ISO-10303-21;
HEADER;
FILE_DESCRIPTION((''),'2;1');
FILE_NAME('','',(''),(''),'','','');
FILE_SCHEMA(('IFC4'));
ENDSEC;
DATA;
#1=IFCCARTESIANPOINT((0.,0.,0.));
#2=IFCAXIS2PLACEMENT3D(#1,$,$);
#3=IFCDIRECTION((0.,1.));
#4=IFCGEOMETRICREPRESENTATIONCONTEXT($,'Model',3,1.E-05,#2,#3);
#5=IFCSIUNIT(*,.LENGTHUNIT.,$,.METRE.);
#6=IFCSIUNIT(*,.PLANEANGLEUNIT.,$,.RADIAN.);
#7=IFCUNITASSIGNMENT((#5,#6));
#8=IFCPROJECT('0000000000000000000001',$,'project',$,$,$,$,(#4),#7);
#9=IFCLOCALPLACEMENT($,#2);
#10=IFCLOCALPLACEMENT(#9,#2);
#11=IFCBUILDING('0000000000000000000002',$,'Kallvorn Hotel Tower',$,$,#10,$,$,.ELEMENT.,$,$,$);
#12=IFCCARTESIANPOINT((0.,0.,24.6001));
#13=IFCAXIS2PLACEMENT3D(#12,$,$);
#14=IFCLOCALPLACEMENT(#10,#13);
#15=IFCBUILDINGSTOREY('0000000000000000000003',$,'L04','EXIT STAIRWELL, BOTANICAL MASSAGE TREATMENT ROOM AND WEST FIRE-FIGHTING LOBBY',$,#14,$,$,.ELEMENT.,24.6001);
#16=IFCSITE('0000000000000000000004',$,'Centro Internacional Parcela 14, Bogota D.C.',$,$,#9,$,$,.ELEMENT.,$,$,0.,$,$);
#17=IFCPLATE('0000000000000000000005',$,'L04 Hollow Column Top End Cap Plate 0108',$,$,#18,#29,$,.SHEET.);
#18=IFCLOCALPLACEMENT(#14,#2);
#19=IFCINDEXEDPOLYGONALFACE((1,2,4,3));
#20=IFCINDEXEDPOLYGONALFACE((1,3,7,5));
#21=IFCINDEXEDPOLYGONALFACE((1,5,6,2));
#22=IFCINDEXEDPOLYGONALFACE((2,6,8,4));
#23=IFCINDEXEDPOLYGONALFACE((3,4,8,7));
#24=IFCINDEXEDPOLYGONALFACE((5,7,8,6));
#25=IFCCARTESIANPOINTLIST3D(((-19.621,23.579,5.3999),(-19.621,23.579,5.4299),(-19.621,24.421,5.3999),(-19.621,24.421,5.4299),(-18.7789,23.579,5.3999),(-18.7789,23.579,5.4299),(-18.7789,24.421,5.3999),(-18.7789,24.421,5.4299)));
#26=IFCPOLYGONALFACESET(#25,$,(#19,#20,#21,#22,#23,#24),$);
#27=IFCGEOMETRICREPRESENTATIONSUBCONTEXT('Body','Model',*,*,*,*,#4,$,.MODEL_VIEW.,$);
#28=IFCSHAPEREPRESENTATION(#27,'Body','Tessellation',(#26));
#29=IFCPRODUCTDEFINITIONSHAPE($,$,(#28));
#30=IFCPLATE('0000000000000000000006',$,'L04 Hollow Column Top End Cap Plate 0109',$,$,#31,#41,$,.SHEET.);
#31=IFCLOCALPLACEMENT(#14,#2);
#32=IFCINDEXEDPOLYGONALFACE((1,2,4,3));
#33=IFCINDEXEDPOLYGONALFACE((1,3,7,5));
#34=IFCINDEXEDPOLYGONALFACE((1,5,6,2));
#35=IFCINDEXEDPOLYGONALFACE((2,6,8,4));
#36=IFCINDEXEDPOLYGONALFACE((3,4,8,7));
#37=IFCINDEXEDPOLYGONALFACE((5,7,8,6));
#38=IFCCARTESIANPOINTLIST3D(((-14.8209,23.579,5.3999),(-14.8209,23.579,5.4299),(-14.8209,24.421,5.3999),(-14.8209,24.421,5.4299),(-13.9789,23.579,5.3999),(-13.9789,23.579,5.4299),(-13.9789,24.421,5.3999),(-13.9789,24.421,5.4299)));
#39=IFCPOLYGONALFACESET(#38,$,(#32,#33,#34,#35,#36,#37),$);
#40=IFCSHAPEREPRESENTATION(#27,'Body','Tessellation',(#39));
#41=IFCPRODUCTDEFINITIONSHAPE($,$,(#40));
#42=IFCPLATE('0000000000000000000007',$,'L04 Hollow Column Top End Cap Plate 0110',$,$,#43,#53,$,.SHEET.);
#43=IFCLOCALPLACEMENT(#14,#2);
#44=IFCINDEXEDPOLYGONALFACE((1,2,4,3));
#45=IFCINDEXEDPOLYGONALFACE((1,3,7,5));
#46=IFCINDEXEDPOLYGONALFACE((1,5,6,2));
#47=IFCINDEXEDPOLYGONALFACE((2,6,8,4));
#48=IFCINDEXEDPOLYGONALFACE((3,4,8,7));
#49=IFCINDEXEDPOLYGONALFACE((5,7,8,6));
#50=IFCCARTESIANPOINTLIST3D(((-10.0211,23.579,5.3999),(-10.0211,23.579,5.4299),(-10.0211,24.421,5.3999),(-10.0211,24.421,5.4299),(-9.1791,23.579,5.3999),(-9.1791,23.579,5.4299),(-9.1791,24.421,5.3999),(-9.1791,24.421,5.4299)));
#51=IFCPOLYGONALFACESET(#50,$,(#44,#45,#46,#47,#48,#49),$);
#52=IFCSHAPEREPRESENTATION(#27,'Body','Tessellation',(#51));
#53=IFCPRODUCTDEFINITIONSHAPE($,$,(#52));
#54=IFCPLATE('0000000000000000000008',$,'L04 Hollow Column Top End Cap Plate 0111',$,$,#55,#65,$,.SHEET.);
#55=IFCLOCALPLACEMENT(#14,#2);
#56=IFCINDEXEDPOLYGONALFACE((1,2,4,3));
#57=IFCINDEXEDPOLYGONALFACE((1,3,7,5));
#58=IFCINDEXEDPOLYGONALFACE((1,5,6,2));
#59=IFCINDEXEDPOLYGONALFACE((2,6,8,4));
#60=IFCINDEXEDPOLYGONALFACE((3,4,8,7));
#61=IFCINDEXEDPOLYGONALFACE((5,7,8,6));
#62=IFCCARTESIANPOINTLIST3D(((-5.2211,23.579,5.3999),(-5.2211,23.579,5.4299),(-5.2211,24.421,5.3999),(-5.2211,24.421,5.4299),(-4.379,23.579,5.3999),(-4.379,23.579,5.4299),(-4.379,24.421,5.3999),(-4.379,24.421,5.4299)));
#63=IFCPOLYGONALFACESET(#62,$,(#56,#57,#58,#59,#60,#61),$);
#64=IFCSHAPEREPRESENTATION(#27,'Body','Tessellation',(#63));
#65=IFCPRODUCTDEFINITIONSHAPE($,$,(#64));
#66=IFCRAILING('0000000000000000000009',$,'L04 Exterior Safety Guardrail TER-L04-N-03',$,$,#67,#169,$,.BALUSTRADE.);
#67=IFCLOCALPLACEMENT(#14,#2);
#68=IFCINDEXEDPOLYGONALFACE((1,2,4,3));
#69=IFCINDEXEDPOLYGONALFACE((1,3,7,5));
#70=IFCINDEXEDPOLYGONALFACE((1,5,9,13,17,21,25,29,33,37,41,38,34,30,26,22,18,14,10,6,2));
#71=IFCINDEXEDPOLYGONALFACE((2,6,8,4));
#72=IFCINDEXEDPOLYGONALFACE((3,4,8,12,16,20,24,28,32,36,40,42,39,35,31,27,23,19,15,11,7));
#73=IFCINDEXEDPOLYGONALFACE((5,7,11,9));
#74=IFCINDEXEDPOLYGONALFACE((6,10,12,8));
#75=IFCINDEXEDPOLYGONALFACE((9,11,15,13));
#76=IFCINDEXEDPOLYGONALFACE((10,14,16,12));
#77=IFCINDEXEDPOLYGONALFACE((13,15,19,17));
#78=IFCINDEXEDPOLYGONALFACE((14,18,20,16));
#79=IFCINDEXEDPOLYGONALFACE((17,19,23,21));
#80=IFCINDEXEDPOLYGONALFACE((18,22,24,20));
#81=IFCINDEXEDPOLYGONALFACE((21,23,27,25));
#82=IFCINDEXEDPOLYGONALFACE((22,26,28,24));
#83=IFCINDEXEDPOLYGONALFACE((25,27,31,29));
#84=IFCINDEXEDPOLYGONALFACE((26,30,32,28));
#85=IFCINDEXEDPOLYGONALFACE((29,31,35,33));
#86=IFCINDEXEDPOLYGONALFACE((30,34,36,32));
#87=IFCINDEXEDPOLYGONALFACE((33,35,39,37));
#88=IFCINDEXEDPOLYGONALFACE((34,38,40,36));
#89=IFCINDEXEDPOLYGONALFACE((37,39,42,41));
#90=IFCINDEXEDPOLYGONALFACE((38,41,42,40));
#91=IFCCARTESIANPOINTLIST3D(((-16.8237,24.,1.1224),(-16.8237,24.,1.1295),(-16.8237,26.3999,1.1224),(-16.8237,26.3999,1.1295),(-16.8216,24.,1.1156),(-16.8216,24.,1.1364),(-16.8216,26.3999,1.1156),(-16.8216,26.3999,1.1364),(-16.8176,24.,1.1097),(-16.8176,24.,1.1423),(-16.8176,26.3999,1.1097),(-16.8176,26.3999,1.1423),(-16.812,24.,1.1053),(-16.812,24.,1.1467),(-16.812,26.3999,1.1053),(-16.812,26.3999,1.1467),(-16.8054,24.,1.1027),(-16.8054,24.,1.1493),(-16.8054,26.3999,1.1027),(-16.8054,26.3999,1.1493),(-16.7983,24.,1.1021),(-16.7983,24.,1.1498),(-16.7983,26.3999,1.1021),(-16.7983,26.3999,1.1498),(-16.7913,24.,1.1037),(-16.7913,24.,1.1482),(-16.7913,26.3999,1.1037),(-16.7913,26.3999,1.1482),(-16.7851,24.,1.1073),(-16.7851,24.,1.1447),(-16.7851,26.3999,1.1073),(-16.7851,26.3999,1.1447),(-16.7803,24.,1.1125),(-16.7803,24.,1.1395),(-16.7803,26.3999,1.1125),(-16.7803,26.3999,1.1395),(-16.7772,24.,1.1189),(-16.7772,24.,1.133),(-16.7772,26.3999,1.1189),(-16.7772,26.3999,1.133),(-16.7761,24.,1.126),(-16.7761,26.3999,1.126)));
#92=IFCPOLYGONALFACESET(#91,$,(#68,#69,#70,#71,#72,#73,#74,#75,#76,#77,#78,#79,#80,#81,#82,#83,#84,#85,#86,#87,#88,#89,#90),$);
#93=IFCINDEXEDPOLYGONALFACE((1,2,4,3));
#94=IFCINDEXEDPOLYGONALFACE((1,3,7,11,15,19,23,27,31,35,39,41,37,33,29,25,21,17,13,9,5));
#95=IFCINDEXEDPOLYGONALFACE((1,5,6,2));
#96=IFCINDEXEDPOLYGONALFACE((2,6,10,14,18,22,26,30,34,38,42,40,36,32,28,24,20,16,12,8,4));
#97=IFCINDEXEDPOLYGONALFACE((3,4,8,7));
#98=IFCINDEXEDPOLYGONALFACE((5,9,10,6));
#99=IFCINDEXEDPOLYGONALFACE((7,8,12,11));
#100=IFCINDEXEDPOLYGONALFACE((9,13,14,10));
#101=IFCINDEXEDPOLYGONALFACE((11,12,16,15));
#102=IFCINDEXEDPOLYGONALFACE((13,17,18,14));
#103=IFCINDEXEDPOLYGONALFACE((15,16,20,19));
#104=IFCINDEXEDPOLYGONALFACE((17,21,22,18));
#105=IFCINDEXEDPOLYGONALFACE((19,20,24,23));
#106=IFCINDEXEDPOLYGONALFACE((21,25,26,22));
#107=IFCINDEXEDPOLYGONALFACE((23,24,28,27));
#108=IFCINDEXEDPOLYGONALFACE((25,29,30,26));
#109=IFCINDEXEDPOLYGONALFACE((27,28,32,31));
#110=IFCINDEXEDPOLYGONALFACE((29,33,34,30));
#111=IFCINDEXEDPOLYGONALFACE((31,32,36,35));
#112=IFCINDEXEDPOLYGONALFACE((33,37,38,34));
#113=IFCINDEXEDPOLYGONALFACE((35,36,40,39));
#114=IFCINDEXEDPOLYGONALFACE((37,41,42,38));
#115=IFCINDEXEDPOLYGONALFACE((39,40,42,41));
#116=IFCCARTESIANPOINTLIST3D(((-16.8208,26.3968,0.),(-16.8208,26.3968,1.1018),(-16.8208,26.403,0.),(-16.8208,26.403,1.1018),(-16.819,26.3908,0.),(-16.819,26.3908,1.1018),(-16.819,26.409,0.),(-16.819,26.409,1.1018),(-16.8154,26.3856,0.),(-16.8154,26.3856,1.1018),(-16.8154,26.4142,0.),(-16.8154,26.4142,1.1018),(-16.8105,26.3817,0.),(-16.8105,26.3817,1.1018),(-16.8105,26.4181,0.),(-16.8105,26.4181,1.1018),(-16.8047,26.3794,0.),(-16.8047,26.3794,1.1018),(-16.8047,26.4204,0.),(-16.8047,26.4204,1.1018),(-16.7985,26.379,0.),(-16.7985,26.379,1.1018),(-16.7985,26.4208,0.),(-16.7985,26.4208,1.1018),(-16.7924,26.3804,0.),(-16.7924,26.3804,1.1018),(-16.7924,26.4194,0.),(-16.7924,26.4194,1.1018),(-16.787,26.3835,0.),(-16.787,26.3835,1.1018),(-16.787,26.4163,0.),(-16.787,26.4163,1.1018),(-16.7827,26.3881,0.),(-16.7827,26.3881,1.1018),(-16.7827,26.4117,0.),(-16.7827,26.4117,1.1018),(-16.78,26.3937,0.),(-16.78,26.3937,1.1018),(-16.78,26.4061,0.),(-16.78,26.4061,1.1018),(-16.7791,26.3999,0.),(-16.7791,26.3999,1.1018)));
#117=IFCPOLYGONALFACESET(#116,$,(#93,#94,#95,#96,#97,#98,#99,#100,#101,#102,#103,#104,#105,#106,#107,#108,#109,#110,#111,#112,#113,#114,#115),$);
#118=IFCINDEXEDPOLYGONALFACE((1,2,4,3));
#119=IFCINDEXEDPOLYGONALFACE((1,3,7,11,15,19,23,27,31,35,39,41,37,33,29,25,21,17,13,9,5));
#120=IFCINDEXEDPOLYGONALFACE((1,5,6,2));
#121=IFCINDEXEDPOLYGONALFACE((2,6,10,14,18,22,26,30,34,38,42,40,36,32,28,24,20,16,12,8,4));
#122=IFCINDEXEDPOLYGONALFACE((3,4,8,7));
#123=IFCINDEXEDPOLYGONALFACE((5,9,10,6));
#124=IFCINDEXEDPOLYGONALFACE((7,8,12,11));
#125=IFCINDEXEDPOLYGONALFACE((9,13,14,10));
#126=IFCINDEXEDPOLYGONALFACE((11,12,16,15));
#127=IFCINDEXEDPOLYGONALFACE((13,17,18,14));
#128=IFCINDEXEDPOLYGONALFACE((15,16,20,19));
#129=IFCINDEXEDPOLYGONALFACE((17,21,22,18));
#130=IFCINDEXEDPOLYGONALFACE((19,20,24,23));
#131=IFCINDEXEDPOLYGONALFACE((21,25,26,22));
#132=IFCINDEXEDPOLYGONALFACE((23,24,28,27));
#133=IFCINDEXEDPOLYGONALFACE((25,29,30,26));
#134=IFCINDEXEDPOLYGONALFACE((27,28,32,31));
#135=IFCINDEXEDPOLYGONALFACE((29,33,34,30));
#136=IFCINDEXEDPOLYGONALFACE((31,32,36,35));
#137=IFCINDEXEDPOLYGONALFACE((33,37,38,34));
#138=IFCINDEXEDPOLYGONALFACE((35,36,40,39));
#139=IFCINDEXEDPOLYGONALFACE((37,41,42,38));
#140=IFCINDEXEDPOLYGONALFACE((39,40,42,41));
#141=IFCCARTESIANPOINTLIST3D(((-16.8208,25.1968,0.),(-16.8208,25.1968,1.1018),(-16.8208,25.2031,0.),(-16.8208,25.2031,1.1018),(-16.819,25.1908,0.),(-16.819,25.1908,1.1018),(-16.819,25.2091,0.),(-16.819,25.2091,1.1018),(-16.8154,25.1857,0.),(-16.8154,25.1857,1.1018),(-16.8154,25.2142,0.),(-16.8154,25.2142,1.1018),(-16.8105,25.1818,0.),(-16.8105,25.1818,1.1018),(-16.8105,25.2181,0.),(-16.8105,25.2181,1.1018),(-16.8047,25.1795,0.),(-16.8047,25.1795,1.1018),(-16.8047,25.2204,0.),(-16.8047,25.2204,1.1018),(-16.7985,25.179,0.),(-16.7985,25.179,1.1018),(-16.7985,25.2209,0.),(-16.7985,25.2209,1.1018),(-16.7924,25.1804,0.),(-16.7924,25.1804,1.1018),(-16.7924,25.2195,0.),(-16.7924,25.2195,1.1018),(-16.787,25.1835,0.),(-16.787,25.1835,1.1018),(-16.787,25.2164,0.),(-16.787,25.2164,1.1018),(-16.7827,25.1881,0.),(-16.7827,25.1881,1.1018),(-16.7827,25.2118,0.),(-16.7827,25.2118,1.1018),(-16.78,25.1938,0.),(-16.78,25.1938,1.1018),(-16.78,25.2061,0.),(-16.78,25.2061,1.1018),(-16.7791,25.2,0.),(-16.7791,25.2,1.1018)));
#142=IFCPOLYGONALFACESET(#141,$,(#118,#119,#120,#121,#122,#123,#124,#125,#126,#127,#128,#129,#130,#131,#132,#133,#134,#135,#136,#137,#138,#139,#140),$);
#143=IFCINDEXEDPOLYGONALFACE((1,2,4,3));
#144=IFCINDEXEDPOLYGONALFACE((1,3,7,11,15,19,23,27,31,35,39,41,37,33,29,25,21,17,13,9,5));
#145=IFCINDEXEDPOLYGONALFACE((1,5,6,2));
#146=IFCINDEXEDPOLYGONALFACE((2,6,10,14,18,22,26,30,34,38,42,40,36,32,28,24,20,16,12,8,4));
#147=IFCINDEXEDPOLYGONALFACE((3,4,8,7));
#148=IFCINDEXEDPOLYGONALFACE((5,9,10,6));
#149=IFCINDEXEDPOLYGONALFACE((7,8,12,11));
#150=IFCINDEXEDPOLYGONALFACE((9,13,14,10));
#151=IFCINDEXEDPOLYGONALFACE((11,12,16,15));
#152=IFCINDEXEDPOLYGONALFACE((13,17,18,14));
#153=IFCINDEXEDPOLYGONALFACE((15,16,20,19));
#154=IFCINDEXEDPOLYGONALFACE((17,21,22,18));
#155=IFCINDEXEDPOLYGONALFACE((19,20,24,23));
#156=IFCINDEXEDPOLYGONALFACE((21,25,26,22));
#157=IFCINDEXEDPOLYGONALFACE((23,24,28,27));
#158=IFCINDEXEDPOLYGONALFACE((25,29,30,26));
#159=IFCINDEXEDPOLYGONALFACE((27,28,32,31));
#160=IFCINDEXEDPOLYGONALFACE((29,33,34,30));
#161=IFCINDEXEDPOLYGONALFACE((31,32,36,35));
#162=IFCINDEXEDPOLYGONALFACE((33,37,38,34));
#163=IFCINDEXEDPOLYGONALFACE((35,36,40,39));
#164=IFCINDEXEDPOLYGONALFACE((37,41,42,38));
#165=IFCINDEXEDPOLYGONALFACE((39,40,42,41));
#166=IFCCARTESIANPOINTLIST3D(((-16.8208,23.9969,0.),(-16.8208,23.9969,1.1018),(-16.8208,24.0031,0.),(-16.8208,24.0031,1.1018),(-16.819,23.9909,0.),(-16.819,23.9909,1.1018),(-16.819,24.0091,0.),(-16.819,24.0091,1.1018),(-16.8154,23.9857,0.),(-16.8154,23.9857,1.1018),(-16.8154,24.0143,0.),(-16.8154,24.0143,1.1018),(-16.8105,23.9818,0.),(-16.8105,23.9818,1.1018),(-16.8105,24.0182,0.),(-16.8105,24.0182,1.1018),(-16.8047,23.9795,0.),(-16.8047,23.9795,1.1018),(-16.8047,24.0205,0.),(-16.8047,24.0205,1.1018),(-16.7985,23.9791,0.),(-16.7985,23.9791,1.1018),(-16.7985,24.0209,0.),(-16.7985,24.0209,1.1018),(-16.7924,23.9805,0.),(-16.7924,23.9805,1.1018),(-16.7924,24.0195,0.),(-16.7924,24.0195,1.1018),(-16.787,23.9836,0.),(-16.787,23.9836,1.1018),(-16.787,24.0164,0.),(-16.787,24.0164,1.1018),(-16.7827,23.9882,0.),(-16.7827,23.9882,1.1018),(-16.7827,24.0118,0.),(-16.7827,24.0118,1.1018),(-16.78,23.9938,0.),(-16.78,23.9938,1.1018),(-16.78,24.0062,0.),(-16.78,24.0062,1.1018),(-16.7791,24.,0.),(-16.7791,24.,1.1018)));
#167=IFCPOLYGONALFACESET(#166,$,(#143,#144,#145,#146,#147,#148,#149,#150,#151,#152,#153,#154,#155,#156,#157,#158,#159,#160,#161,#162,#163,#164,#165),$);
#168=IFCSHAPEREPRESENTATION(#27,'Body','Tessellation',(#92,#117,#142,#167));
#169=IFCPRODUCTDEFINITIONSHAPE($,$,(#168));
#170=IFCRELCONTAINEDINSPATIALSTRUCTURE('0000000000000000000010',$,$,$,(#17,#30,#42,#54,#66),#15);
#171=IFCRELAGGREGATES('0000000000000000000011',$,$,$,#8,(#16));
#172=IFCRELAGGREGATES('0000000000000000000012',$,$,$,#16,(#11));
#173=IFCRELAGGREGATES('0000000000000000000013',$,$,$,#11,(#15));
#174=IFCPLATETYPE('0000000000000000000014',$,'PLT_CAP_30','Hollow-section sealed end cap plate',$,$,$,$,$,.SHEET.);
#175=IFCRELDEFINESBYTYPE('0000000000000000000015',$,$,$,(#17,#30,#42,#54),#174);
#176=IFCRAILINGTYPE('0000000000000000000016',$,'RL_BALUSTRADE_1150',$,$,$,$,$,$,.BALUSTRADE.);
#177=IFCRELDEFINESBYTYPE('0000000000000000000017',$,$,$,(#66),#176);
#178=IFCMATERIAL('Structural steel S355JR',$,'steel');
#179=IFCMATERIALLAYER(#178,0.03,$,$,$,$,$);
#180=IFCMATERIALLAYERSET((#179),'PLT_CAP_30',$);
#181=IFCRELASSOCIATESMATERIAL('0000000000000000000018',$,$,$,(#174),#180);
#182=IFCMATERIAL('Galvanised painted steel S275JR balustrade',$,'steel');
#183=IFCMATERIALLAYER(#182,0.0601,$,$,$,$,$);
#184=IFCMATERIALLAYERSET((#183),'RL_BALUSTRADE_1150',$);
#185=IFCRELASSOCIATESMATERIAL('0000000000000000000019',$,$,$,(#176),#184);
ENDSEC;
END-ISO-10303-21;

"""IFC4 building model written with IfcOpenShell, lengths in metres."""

from ifc_helpers import new_model, si_unit, direction, frame, origin, origin_2d, place, context, subcontext, project, spatial, rectangle, circle, extrude, material, layer, layer_set, type_object, element, save


model = new_model("IFC4")

# Units and contexts
model_context = context("Model", 3, precision=1e-05, world=origin(), true_north=direction((0.0, 1.0)))
body_context = subcontext(model_context, "Body", "Model", "MODEL_VIEW")
ifc_project = project(units=[si_unit("LENGTHUNIT", "METRE"), si_unit("PLANEANGLEUNIT", "RADIAN")], contexts=[model_context])

# Site, building, storey
site_placement = place(None, origin())
site = spatial("IfcSite", under=ifc_project, at=site_placement, Name="Centro Internacional Parcela 14, Bogota D.C.", CompositionType="ELEMENT", RefElevation=0.0)
building_placement = place(site_placement, origin())
building = spatial("IfcBuilding", under=site, at=building_placement, Name="Kallvorn Hotel Tower", CompositionType="ELEMENT")
storey_placement = place(building_placement, frame((0.0, 0.0, 24.6001)))
storey = spatial("IfcBuildingStorey", under=building, at=storey_placement, Name="L04", Description="EXIT STAIRWELL, BOTANICAL MASSAGE TREATMENT ROOM AND WEST FIRE-FIGHTING LOBBY", CompositionType="ELEMENT", Elevation=24.6001)

# Plates
ifc_material_1 = material(Name="Structural steel S355JR", Category="steel")
ifc_layer_1 = layer(ifc_material_1, 0.03)
ifc_layer_set_1 = layer_set([ifc_layer_1], Name="PLT_CAP_30")
plate_type_1 = type_object("IfcPlateType", Name="PLT_CAP_30", Description="Hollow-section sealed end cap plate", PredefinedType="SHEET", material=ifc_layer_set_1)
for number, where, z_axis, x_axis, name in (
    (1, (-19.2, 24.0, 5.3999), (0.0, 0.0, 1.0), (1.0, 0.0, 0.0), "L04 Hollow Column Top End Cap Plate 0108"),
    (2, (-14.3999, 24.0, 5.3999), (0.0, 0.0, 1.0), (1.0, 0.0, 0.0), "L04 Hollow Column Top End Cap Plate 0109"),
    (3, (-9.6001, 24.0, 5.3999), (0.0, 0.0, 1.0), (1.0, 0.0, 0.0), "L04 Hollow Column Top End Cap Plate 0110"),
    (4, (-4.8, 24.0, 5.3999), (0.0, 0.0, 1.0), (1.0, 0.0, 0.0), "L04 Hollow Column Top End Cap Plate 0111"),
):
    element("IfcPlate", number, at=place(storey_placement, frame(where, z_axis=z_axis, x_axis=x_axis)), inside=storey, type_object=plate_type_1, Name=name, PredefinedType="SHEET", context=body_context, shape_type="SweptSolid", body=[
        extrude(rectangle(XDim=0.842, YDim=0.842, at=origin_2d()), origin(), (0.0, 0.0, 1.0), 0.03),
    ])

# Railing
ifc_material_2 = material(Name="Galvanised painted steel S275JR balustrade", Category="steel")
ifc_layer_2 = layer(ifc_material_2, 0.0601)
ifc_layer_set_2 = layer_set([ifc_layer_2], Name="RL_BALUSTRADE_1150")
railing_type = type_object("IfcRailingType", Name="RL_BALUSTRADE_1150", PredefinedType="BALUSTRADE", material=ifc_layer_set_2)
railing_placement = place(storey_placement, frame((-16.8, 26.3999, 0.0)))
element("IfcRailing", 5, at=railing_placement, inside=storey, type_object=railing_type, Name="L04 Exterior Safety Guardrail TER-L04-N-03", PredefinedType="BALUSTRADE", context=body_context, shape_type="SweptSolid", body=[
    extrude(circle(Radius=0.0239, at=origin_2d()), frame((0.0, 0.0, 1.126), z_axis=(0.0, -1.0, 0.0), x_axis=(1.0, 0.0, 0.0)), (0.0, 0.0, 1.0), 2.3999),
    extrude(circle(Radius=0.021, at=origin_2d()), origin(), (0.0, 0.0, 1.0), 1.1018),
    extrude(circle(Radius=0.021, at=origin_2d()), frame((0.0, -1.2, 0.0)), (0.0, 0.0, 1.0), 1.1018),
    extrude(circle(Radius=0.021, at=origin_2d()), frame((0.0, -2.3999, 0.0)), (0.0, 0.0, 1.0), 1.1018),
])

save(model, "model.ifc")
